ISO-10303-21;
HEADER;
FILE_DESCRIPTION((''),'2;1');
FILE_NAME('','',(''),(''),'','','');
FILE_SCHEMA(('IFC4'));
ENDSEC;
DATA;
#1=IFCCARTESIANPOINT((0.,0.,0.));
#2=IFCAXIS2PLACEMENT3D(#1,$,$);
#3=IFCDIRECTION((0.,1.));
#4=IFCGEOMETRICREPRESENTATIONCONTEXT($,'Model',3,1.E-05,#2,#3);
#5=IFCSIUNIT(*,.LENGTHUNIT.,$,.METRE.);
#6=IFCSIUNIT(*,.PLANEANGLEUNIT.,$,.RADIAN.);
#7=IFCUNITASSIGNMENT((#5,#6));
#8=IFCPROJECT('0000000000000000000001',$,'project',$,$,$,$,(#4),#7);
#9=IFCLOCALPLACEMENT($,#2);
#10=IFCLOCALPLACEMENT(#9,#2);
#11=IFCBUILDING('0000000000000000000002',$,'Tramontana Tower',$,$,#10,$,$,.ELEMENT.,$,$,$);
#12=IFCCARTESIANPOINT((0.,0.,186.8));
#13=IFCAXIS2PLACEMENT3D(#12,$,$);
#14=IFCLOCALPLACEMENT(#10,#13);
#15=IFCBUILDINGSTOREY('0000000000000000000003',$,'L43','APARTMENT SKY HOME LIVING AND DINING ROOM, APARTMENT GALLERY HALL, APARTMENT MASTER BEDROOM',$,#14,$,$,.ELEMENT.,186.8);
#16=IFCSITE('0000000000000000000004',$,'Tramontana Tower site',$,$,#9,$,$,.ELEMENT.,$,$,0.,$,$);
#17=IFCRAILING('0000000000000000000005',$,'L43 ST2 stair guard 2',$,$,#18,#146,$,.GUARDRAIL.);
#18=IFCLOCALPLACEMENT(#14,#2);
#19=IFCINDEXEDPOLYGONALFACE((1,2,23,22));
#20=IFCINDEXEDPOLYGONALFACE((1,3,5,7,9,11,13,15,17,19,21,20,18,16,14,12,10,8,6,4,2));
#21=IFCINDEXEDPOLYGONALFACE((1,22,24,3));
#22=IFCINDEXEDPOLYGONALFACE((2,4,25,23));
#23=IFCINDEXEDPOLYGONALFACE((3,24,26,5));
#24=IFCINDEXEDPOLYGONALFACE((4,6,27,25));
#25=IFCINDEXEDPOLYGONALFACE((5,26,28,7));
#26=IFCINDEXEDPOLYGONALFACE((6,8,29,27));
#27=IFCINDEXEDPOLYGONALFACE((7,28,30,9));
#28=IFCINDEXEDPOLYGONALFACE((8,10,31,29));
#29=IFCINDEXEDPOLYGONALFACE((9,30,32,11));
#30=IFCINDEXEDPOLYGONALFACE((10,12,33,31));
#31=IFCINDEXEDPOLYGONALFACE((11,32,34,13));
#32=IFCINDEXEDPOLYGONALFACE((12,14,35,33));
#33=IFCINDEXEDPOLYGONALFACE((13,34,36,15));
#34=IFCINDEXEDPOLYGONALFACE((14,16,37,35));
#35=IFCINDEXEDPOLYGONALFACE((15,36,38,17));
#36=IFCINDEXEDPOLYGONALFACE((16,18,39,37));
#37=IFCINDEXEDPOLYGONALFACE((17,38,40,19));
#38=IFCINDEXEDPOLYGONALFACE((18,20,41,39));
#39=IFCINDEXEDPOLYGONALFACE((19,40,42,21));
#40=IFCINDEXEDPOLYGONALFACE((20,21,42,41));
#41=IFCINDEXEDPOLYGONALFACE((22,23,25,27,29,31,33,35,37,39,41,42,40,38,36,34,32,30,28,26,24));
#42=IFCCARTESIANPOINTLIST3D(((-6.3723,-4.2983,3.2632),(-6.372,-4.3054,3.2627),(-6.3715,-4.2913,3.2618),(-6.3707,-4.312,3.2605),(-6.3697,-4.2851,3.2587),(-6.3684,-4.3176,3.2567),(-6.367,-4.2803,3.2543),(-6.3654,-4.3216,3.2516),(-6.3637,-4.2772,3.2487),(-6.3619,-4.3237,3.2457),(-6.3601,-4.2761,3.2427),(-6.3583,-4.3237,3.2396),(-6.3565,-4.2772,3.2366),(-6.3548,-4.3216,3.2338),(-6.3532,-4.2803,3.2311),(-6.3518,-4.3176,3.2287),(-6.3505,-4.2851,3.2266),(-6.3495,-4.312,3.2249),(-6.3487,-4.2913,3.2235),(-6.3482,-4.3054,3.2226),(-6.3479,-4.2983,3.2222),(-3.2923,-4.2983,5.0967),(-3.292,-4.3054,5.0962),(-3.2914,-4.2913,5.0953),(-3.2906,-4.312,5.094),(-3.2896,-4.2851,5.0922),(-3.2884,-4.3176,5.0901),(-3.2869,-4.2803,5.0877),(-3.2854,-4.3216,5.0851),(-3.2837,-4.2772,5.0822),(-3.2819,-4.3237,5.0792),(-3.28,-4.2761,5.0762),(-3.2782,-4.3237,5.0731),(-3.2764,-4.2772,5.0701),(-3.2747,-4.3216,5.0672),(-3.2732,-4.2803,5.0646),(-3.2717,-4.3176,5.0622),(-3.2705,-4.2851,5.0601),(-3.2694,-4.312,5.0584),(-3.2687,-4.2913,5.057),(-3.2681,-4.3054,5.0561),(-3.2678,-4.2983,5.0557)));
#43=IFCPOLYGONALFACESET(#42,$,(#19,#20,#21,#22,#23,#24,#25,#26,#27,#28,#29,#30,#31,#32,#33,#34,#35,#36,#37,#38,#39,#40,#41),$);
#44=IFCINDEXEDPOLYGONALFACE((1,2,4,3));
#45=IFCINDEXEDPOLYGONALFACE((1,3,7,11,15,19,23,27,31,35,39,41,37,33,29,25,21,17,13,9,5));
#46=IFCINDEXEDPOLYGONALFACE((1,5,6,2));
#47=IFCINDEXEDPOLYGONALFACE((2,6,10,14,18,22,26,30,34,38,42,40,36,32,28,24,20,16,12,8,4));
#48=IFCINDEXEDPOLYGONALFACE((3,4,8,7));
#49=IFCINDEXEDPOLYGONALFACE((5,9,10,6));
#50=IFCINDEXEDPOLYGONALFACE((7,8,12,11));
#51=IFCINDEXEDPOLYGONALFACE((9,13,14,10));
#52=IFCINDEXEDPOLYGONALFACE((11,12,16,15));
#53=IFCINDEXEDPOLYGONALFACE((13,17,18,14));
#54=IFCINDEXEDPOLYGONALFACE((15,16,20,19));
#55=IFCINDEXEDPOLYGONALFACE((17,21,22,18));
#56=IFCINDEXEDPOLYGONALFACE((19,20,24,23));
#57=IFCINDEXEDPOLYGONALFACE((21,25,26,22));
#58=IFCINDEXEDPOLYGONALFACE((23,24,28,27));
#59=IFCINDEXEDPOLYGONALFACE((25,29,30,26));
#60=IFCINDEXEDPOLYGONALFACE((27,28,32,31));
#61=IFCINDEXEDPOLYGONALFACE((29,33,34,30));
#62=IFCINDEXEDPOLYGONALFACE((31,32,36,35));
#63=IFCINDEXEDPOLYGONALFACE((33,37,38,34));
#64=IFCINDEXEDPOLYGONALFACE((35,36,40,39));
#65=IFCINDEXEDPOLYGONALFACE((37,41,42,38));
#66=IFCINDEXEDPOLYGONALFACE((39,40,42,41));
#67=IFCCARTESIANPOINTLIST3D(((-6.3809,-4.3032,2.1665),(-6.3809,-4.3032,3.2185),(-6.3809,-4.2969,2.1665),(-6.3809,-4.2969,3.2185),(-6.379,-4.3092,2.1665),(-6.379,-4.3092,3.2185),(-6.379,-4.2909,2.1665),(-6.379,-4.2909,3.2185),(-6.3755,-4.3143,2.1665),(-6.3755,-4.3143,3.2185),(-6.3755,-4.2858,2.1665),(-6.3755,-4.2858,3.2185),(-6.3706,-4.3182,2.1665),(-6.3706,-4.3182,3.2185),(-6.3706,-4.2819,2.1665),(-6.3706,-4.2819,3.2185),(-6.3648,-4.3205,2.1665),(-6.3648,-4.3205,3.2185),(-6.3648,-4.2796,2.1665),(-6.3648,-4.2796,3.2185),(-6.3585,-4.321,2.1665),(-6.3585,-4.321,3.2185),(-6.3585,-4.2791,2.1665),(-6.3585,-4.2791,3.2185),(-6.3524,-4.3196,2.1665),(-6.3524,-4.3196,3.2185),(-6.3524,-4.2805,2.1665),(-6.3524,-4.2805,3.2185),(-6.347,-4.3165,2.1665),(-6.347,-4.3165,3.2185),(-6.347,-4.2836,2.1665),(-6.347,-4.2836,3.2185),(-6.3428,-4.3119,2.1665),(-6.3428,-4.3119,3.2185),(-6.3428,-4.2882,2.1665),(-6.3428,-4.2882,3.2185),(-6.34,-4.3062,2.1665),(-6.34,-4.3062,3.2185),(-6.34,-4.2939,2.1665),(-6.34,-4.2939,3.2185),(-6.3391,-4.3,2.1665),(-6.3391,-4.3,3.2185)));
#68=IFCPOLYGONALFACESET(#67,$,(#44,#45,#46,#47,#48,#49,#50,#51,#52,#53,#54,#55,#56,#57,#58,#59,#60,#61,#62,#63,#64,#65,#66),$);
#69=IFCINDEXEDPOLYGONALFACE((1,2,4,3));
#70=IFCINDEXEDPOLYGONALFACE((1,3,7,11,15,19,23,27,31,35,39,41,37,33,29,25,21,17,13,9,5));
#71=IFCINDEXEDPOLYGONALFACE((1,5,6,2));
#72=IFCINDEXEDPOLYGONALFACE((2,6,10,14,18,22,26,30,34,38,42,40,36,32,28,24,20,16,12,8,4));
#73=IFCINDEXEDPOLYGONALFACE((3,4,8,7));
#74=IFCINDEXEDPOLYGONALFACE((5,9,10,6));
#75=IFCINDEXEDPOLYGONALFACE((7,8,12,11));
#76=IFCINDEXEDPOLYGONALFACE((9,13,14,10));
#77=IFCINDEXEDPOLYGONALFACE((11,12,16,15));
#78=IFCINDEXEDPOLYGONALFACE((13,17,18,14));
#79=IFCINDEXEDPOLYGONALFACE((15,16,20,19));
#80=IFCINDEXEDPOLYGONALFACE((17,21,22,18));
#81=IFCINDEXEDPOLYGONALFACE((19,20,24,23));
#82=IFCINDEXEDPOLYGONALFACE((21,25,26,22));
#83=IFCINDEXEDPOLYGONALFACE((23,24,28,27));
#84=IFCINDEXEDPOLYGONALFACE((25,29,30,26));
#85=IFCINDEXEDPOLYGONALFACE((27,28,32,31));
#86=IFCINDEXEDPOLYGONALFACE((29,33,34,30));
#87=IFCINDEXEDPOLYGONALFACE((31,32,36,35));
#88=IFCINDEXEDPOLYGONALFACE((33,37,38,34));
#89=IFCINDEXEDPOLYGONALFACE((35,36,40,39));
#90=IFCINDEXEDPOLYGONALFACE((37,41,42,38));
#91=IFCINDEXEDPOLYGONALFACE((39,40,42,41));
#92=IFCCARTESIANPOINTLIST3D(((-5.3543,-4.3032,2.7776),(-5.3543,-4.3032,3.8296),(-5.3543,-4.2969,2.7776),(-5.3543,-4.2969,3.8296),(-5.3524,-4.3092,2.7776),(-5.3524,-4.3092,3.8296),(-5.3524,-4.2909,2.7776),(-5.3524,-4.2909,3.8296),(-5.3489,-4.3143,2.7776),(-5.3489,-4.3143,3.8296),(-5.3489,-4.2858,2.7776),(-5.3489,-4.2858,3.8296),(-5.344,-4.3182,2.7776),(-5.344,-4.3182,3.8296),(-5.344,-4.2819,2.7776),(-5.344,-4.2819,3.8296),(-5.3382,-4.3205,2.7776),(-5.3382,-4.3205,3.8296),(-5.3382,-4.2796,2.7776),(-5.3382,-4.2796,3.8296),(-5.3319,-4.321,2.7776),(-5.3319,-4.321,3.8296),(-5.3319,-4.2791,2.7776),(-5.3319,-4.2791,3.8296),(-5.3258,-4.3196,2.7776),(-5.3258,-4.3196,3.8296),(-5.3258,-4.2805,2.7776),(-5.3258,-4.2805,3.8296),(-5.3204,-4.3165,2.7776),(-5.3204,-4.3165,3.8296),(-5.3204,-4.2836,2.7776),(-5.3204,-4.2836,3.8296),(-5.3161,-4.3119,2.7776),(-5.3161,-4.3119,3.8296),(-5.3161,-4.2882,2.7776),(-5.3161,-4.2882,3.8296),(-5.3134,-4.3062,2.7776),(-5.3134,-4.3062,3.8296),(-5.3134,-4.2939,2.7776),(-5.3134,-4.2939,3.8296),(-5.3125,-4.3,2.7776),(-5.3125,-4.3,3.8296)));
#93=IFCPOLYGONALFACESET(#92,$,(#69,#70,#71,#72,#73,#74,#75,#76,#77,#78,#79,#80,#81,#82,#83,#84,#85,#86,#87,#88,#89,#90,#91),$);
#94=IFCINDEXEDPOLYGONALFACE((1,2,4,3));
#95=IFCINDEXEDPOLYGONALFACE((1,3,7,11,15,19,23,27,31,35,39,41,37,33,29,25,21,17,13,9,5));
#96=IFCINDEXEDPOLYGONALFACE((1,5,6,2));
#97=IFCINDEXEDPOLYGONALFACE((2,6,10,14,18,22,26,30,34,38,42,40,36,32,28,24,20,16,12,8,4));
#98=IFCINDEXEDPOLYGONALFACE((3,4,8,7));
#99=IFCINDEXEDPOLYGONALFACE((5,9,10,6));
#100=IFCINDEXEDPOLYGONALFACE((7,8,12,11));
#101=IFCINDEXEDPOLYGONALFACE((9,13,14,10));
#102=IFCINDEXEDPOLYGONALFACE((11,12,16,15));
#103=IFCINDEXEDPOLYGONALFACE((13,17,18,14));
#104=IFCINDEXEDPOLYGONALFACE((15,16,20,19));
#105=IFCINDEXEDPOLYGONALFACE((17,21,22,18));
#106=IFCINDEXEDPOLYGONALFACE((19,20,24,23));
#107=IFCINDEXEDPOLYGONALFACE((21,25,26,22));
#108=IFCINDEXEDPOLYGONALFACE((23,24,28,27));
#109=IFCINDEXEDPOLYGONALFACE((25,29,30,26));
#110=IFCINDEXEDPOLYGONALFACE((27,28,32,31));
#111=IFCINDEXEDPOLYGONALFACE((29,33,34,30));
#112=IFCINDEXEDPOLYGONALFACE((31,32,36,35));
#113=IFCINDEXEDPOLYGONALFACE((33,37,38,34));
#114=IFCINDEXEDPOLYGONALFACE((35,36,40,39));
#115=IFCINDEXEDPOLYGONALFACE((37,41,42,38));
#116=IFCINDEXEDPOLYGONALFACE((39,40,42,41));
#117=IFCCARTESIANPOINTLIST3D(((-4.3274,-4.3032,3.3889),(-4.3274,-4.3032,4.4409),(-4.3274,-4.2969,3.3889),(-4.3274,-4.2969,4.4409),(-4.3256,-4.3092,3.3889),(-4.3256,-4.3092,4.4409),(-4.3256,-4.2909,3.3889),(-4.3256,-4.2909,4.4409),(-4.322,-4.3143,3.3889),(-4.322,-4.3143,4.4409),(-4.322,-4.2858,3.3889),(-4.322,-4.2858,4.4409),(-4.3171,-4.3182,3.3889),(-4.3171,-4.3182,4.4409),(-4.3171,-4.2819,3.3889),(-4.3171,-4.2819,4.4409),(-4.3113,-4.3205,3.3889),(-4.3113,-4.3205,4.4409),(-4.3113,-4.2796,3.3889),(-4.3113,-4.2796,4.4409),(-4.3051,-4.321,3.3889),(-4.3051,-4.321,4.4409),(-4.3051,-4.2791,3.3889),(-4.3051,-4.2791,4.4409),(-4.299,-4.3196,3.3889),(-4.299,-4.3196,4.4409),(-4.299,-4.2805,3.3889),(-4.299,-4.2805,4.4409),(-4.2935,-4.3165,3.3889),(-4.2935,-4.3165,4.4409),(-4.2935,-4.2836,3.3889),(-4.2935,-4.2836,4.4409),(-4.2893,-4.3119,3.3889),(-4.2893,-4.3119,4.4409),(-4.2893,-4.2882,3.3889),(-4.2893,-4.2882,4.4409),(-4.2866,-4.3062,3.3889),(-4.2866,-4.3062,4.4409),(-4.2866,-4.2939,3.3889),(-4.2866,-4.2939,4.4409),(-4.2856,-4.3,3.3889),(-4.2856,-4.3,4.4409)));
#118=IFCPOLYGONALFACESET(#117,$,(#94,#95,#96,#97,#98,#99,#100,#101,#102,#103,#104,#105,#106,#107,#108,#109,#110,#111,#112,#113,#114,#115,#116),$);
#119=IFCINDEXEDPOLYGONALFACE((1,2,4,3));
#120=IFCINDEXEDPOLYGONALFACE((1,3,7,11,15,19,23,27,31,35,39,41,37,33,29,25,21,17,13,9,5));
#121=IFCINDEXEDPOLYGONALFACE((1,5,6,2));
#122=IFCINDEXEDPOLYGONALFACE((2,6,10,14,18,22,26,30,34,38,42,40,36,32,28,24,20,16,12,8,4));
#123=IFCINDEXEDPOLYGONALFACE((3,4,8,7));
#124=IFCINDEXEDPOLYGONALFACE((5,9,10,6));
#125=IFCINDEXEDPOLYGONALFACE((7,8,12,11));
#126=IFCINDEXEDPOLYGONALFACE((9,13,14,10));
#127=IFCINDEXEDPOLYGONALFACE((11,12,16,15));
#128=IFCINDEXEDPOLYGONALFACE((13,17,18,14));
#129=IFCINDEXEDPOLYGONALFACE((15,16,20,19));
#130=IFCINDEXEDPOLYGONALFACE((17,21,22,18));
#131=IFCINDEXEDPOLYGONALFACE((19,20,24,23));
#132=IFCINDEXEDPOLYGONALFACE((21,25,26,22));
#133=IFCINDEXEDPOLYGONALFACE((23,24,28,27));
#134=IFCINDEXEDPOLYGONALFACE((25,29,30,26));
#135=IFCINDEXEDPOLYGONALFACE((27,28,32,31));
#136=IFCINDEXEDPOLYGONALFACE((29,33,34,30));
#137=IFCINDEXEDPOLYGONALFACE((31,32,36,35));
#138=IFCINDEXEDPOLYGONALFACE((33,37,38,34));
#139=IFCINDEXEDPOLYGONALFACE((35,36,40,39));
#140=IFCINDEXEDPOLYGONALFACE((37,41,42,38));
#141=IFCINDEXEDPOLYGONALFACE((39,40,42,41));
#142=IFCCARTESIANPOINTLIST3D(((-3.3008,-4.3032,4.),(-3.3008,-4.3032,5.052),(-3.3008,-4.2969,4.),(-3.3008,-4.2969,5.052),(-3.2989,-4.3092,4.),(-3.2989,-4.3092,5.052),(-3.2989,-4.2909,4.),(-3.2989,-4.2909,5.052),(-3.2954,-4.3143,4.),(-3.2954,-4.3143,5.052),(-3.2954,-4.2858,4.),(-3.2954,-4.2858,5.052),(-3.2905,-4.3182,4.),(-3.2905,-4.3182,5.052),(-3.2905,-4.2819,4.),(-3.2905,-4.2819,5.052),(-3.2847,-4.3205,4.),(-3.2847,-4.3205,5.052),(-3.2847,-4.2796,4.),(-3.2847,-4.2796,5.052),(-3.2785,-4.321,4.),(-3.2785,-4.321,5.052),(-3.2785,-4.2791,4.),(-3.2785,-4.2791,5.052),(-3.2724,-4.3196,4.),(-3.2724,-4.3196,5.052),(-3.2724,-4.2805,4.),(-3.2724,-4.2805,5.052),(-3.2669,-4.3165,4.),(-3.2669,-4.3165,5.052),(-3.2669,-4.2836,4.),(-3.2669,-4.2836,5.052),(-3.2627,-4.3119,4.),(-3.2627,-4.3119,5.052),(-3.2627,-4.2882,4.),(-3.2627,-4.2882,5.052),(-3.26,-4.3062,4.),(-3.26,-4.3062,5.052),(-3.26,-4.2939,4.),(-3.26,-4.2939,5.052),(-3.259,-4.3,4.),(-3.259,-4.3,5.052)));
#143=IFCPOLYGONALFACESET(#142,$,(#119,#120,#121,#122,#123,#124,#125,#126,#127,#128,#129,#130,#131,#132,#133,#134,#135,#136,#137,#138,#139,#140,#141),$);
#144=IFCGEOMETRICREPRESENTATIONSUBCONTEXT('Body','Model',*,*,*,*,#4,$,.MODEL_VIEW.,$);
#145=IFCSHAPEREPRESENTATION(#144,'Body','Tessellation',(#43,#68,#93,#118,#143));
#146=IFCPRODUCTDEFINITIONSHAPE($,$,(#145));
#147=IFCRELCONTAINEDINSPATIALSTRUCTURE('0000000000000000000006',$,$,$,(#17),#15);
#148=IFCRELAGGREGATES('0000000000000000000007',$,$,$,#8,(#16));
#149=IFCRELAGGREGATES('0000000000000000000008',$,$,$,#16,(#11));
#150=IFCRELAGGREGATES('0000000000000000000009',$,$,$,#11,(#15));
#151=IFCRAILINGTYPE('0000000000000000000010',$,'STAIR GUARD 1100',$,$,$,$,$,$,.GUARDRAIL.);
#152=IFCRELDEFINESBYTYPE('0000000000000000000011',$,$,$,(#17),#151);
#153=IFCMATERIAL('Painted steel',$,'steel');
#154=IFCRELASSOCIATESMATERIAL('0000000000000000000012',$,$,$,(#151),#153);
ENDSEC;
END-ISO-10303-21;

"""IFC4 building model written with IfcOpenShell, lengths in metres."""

from ifc_helpers import new_model, si_unit, direction, frame, origin, origin_2d, place, context, subcontext, project, spatial, circle, extrude, material, type_object, element, save


model = new_model("IFC4")

# Units and contexts
model_context = context("Model", 3, precision=1e-05, world=origin(), true_north=direction((0.0, 1.0)))
body_context = subcontext(model_context, "Body", "Model", "MODEL_VIEW")
ifc_project = project(units=[si_unit("LENGTHUNIT", "METRE"), si_unit("PLANEANGLEUNIT", "RADIAN")], contexts=[model_context])

# Site, building, storey
site_placement = place(None, origin())
site = spatial("IfcSite", under=ifc_project, at=site_placement, Name="Tramontana Tower site", CompositionType="ELEMENT", RefElevation=0.0)
building_placement = place(site_placement, origin())
building = spatial("IfcBuilding", under=site, at=building_placement, Name="Tramontana Tower", CompositionType="ELEMENT")
storey_placement = place(building_placement, frame((0.0, 0.0, 186.8)))
storey = spatial("IfcBuildingStorey", under=building, at=storey_placement, Name="L43", Description="APARTMENT SKY HOME LIVING AND DINING ROOM, APARTMENT GALLERY HALL, APARTMENT MASTER BEDROOM", CompositionType="ELEMENT", Elevation=186.8)

# Railing
ifc_material_1 = material(Name="Painted steel", Category="steel")
railing_type_1 = type_object("IfcRailingType", Name="STAIR GUARD 1100", PredefinedType="GUARDRAIL", material=ifc_material_1)
railing_1_placement = place(storey_placement, frame((-6.3601, -4.3, 2.1665)))
element("IfcRailing", 1, at=railing_1_placement, inside=storey, type_object=railing_type_1, Name="L43 ST2 stair guard 2", PredefinedType="GUARDRAIL", context=body_context, shape_type="SweptSolid", body=[
    extrude(circle(Radius=0.0239, at=origin_2d()), frame((0.0, 0.0, 1.0762), z_axis=(0.859279, 0.0, 0.511508), x_axis=(0.0, 1.0, 0.0)), (0.0, 0.0, 1.0), 3.5845),
    extrude(circle(Radius=0.021, at=origin_2d()), origin(), (0.0, 0.0, 1.0), 1.052),
    extrude(circle(Radius=0.021, at=origin_2d()), frame((1.0266, 0.0, 0.6111)), (0.0, 0.0, 1.0), 1.052),
    extrude(circle(Radius=0.021, at=origin_2d()), frame((2.0535, 0.0, 1.2224)), (0.0, 0.0, 1.0), 1.052),
    extrude(circle(Radius=0.021, at=origin_2d()), frame((3.0801, 0.0, 1.8335)), (0.0, 0.0, 1.0), 1.052),
])

save(model, "model.ifc")
